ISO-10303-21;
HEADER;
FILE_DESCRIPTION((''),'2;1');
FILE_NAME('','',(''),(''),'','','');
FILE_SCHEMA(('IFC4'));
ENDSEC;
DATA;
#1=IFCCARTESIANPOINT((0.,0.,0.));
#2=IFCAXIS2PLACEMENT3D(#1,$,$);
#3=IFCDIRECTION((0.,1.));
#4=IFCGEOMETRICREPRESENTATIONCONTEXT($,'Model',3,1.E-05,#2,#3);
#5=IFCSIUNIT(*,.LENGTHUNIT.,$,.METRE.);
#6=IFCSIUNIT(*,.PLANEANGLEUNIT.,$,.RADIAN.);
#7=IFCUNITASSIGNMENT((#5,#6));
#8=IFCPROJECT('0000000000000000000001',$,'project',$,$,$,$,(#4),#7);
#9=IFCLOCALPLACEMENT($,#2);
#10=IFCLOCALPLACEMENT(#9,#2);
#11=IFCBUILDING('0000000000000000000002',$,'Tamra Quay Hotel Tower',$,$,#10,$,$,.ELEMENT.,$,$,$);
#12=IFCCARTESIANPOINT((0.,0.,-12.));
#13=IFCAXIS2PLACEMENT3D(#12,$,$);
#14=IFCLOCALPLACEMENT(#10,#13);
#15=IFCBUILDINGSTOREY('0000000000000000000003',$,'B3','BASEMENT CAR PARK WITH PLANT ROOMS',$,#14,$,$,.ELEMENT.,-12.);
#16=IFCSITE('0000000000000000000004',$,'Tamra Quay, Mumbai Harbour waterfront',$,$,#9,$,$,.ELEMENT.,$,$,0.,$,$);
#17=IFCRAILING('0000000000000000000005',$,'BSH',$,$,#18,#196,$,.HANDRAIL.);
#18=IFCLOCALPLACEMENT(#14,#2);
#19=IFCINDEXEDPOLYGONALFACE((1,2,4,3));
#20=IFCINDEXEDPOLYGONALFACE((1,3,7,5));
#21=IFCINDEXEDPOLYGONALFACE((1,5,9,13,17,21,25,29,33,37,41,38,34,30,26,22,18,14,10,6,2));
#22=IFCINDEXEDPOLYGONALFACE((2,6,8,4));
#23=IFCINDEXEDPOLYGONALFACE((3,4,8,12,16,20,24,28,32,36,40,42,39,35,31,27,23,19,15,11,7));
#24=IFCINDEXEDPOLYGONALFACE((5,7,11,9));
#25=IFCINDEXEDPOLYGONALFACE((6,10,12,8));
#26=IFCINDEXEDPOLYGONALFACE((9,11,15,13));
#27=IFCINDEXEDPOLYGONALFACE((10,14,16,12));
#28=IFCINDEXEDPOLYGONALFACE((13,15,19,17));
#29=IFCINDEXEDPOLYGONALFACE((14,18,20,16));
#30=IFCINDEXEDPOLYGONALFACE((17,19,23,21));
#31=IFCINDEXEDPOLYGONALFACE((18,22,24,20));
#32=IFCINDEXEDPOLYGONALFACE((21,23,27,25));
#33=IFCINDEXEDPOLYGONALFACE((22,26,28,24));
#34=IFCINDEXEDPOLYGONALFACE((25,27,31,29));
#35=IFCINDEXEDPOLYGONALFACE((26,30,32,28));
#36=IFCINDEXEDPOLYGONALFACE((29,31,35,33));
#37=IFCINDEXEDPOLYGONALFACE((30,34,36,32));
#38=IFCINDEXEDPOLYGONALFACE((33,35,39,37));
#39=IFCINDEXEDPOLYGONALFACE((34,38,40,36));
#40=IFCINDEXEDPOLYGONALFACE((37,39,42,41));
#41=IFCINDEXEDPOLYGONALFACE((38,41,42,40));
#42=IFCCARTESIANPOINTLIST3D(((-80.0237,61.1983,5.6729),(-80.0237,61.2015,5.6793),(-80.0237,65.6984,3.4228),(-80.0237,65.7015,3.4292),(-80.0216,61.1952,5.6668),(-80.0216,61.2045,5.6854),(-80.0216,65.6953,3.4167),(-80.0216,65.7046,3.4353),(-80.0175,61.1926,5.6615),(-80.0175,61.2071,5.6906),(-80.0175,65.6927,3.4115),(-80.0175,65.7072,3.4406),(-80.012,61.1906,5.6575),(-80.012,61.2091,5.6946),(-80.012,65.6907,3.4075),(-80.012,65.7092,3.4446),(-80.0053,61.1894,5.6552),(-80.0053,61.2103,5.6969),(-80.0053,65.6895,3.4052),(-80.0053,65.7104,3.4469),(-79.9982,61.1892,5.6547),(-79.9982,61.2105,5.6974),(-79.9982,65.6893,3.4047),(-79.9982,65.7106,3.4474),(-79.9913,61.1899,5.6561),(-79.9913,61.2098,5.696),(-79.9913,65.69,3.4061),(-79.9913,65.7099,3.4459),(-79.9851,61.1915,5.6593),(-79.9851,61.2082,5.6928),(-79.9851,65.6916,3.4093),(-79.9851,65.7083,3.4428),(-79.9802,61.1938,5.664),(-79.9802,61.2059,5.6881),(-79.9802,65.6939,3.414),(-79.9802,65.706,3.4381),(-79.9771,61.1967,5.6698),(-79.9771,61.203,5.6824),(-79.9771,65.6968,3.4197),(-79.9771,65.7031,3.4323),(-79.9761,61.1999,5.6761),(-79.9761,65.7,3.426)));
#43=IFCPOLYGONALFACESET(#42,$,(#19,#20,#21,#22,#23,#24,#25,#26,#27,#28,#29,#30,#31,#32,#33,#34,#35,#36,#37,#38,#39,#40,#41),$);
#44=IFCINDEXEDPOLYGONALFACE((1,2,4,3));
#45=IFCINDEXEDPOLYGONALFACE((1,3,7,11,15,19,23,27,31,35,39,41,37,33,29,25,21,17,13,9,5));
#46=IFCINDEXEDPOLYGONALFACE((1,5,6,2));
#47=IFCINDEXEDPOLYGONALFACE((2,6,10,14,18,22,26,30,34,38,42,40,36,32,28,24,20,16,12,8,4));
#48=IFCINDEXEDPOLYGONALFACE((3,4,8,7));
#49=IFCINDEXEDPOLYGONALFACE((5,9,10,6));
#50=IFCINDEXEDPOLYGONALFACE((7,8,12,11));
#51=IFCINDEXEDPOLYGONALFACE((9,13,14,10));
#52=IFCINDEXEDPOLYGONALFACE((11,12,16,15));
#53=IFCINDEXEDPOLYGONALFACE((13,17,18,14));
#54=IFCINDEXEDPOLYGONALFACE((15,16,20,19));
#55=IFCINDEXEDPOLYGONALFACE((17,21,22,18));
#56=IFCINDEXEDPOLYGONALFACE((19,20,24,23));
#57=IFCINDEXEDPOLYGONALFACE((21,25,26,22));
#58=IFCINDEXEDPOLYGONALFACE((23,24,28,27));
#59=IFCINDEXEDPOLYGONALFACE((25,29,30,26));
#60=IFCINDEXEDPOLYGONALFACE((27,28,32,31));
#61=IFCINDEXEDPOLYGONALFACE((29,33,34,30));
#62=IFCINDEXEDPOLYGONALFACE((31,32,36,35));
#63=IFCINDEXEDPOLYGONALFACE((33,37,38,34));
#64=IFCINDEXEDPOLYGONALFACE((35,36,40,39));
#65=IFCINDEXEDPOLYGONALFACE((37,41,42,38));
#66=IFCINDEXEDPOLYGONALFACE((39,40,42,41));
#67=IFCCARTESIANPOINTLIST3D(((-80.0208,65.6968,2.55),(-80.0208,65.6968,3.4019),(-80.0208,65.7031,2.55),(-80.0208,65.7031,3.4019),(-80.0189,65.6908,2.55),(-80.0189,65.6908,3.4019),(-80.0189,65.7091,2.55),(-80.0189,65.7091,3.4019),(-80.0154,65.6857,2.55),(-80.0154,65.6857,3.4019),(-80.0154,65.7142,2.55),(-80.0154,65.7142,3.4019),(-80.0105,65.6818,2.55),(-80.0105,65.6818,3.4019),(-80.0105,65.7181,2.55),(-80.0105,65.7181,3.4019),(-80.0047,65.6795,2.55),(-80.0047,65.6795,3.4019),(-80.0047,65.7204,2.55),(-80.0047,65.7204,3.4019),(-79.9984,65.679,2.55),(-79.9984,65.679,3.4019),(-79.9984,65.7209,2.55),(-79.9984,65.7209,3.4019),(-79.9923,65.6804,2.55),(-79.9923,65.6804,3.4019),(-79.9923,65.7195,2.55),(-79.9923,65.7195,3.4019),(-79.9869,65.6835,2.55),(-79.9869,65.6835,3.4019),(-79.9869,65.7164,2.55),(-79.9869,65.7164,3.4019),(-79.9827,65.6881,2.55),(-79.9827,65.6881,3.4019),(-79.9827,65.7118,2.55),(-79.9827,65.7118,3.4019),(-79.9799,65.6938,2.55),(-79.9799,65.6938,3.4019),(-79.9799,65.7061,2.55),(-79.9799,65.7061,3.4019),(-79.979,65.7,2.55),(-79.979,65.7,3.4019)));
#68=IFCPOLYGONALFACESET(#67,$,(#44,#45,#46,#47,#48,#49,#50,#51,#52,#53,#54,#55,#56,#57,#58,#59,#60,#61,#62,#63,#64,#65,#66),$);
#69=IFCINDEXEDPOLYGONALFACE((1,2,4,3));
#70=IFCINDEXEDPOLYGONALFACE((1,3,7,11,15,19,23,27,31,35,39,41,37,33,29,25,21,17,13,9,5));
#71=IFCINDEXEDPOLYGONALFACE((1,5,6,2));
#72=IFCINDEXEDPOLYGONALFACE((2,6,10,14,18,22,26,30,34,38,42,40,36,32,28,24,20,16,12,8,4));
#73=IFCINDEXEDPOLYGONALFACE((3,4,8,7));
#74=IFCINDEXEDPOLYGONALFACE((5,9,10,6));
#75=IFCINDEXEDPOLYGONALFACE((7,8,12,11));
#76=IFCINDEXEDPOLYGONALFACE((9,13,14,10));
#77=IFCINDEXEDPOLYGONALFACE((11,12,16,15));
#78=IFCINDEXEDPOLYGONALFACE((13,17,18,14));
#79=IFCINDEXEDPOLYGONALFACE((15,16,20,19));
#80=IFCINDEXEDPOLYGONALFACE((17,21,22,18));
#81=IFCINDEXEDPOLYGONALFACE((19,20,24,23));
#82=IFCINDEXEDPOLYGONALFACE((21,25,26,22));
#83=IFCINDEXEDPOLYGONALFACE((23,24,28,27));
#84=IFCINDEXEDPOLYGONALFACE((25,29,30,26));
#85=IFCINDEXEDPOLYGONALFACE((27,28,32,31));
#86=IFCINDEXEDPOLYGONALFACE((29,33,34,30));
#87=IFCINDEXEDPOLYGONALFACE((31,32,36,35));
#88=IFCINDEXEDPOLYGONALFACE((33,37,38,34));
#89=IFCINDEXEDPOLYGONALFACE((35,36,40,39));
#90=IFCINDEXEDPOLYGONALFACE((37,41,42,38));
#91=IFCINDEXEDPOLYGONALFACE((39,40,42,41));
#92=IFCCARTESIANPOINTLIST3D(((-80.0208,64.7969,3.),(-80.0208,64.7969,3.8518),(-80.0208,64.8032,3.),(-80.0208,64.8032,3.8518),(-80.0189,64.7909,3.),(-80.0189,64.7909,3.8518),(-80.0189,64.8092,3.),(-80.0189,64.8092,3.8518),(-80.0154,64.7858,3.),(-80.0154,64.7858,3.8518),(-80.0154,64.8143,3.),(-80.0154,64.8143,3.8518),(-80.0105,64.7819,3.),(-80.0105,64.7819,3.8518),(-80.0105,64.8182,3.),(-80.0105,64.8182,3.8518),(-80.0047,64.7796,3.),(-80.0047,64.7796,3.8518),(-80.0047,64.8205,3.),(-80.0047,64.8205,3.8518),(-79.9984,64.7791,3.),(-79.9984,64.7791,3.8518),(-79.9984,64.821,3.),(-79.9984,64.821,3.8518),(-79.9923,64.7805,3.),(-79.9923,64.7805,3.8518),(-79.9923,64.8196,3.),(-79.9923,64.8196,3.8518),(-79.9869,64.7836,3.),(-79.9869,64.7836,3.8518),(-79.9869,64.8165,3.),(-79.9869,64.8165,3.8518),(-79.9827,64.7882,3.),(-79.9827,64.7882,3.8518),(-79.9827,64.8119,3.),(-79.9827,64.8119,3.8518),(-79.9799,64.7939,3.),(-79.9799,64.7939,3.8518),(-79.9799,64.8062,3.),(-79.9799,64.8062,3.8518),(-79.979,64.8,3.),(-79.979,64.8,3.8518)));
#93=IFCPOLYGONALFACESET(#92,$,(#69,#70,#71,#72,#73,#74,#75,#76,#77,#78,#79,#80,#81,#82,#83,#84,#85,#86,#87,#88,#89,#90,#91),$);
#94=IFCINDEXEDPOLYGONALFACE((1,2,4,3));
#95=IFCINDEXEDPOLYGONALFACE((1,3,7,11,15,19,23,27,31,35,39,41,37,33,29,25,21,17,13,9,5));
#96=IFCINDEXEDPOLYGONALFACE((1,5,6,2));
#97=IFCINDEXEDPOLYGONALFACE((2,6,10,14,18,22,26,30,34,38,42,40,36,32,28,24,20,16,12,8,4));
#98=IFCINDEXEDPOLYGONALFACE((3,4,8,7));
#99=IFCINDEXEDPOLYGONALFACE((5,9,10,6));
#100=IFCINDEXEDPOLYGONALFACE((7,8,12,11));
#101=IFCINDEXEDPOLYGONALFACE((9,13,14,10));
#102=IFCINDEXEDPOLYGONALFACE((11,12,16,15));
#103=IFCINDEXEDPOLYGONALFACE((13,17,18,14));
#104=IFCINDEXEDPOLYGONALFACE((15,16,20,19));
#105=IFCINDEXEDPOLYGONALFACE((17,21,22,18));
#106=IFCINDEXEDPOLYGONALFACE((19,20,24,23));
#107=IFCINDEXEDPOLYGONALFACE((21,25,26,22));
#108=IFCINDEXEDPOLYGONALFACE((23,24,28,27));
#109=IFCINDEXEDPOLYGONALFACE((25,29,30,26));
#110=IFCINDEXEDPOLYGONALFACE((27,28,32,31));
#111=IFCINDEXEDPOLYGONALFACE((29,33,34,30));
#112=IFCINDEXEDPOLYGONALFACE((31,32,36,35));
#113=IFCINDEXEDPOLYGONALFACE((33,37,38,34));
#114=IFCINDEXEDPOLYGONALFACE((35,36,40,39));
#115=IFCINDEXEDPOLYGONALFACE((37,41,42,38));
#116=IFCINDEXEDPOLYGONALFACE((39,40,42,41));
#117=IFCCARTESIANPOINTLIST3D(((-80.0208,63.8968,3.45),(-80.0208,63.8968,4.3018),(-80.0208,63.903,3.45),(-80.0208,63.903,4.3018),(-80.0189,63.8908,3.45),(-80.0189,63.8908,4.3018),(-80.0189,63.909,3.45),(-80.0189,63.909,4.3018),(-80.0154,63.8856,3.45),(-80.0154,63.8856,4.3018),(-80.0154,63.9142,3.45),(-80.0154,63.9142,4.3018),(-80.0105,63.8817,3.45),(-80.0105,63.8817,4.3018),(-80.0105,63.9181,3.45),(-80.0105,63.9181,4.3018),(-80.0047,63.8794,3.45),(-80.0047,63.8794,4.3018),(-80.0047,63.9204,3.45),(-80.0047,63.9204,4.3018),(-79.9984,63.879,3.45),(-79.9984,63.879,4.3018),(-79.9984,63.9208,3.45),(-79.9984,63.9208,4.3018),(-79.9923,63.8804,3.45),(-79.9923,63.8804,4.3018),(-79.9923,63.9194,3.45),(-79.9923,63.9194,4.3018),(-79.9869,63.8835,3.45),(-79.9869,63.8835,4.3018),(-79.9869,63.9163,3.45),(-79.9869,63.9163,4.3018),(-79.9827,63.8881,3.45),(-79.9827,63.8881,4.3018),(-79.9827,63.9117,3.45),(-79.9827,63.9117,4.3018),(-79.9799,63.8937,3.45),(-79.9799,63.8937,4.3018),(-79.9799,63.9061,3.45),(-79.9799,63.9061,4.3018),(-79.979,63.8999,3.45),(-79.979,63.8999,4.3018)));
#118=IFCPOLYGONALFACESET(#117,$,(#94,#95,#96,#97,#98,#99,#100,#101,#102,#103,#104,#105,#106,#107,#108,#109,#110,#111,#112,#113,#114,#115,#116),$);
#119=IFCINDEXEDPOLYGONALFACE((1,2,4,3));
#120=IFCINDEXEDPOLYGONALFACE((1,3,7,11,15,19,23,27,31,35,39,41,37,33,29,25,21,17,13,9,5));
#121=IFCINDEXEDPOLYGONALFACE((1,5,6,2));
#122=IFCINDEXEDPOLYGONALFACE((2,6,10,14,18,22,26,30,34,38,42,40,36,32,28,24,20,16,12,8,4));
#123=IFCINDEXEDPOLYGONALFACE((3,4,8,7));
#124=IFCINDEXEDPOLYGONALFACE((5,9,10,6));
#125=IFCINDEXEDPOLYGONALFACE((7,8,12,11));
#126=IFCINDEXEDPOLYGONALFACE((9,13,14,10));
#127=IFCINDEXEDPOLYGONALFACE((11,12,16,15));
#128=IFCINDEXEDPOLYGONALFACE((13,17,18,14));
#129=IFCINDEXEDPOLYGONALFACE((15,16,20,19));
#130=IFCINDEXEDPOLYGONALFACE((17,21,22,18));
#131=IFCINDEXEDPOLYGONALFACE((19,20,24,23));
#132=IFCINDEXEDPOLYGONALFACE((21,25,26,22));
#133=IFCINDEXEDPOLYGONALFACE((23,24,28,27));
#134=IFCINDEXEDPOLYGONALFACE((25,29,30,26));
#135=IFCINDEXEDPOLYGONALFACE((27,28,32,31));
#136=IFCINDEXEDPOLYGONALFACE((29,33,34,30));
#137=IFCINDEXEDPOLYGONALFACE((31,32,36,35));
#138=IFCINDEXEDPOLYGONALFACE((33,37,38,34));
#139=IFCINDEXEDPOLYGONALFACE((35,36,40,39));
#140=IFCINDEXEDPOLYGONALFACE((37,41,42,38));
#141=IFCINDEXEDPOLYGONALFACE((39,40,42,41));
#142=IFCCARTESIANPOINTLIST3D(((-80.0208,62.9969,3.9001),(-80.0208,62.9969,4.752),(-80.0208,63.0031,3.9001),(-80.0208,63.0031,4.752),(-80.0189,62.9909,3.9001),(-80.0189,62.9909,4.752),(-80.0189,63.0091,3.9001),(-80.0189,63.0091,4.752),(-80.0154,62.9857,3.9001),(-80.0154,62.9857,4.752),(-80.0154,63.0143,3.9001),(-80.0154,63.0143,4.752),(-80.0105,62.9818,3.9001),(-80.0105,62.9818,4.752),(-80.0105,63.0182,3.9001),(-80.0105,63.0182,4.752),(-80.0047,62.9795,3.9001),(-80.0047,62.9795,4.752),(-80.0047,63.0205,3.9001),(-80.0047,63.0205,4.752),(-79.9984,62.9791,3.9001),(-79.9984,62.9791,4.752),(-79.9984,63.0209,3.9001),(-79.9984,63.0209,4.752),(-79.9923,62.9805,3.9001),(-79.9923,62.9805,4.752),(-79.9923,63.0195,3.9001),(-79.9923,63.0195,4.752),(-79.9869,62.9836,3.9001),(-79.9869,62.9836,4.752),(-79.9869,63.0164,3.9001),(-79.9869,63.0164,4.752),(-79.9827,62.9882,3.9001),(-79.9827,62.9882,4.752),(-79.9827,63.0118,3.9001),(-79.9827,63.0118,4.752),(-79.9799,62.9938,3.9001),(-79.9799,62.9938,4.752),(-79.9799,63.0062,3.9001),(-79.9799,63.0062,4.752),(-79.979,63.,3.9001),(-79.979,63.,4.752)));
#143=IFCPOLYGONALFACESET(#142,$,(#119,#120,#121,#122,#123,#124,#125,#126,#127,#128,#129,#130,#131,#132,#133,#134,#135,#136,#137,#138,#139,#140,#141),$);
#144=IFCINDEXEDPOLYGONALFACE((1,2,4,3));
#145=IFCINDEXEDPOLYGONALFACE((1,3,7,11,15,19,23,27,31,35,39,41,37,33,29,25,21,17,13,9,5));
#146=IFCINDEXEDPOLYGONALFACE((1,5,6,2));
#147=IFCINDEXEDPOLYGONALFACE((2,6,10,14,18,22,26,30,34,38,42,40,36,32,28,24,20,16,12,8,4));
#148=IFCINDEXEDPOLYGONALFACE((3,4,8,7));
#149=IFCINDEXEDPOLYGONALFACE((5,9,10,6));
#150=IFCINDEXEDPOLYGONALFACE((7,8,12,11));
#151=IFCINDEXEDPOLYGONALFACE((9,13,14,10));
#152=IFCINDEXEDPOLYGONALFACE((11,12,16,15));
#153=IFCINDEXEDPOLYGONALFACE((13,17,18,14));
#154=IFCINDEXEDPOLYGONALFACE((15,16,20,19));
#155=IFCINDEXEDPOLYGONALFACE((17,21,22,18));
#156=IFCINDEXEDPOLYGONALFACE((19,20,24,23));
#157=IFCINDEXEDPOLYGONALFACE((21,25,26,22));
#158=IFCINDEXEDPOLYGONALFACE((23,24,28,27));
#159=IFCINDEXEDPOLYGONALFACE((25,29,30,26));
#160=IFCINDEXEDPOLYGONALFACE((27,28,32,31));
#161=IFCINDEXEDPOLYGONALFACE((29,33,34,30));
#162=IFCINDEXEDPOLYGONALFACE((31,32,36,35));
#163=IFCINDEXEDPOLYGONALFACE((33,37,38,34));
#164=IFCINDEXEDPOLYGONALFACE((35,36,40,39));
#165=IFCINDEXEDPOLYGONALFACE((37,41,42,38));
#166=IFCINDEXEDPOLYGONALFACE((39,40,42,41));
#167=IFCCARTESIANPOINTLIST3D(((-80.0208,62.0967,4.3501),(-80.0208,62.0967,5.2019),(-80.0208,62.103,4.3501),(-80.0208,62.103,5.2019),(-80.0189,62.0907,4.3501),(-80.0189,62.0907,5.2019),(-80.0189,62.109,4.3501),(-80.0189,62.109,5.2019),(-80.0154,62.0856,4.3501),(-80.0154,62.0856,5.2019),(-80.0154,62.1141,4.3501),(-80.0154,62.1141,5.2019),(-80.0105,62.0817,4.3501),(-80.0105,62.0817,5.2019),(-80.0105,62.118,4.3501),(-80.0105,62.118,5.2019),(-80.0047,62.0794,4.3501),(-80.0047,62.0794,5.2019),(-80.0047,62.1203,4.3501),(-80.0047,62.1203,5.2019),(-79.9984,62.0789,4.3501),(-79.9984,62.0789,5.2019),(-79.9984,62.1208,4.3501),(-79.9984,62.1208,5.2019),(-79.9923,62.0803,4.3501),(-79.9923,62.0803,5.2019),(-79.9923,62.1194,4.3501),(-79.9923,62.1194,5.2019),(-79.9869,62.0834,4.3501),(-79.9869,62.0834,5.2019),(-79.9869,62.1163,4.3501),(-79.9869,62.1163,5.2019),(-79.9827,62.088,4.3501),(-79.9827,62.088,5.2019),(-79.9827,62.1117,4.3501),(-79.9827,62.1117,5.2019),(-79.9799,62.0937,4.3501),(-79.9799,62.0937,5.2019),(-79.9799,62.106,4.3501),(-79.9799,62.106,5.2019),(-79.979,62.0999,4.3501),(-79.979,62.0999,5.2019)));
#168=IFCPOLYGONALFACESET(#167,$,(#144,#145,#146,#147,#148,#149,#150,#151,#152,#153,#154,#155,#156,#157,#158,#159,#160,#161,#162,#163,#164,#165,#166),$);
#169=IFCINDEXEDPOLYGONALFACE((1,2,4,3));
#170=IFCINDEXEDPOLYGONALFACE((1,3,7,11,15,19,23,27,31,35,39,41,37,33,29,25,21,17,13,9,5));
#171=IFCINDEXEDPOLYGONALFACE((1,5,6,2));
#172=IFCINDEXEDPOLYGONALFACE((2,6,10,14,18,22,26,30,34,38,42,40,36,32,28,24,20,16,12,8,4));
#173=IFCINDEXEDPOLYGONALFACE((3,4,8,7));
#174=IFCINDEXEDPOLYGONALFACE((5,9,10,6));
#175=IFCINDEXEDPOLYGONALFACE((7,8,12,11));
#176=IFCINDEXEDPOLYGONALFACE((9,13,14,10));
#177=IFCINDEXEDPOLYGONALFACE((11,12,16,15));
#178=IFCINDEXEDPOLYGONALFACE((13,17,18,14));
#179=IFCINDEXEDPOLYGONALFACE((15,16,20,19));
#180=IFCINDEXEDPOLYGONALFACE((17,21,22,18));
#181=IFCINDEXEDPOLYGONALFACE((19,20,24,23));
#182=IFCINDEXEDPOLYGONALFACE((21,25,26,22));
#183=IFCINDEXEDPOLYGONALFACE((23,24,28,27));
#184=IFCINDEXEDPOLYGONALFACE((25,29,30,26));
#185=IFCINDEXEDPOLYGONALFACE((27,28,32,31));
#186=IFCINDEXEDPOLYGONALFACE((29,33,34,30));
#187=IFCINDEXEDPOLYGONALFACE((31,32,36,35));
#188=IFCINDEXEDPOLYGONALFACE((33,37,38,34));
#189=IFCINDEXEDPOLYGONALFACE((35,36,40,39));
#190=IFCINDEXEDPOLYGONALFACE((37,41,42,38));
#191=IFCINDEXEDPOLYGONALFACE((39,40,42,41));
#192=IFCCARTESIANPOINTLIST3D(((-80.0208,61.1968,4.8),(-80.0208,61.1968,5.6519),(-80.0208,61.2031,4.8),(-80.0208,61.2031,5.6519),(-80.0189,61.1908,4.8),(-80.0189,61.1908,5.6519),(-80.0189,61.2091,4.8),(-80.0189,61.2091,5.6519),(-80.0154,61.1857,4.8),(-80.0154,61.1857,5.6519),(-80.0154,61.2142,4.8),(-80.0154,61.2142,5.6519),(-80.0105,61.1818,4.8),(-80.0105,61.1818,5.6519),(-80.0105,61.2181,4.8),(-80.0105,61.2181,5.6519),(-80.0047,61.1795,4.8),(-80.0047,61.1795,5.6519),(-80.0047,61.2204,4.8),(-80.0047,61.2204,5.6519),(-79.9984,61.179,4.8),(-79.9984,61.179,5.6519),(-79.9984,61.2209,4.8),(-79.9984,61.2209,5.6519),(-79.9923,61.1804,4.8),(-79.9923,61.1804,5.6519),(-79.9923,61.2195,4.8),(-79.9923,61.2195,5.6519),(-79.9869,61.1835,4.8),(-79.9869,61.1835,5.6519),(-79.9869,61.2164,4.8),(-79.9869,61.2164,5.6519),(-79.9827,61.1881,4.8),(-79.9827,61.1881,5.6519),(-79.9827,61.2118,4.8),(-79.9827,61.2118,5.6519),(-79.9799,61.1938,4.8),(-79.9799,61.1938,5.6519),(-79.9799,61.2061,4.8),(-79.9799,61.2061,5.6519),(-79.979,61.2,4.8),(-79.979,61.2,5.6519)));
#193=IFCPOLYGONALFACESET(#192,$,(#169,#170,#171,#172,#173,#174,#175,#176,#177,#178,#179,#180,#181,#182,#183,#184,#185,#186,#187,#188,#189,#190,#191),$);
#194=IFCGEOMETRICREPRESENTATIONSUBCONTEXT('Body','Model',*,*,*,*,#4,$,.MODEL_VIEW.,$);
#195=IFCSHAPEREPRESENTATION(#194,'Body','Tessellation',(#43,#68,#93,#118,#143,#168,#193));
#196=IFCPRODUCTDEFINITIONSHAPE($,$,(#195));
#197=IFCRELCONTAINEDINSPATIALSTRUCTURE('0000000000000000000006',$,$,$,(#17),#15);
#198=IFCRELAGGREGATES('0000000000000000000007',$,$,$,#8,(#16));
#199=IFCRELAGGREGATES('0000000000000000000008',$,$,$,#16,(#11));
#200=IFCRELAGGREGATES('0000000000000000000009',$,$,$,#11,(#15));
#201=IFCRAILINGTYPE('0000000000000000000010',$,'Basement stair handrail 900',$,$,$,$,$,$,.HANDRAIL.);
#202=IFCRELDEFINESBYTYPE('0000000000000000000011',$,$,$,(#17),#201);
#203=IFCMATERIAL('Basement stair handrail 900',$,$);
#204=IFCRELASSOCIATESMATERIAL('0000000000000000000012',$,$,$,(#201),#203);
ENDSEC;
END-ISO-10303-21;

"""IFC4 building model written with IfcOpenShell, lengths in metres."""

from ifc_helpers import new_model, si_unit, direction, frame, origin, origin_2d, place, context, subcontext, project, spatial, circle, extrude, material, type_object, element, save


model = new_model("IFC4")

# Units and contexts
model_context = context("Model", 3, precision=1e-05, world=origin(), true_north=direction((0.0, 1.0)))
body_context = subcontext(model_context, "Body", "Model", "MODEL_VIEW")
ifc_project = project(units=[si_unit("LENGTHUNIT", "METRE"), si_unit("PLANEANGLEUNIT", "RADIAN")], contexts=[model_context])

# Site, building, storey
site_placement = place(None, origin())
site = spatial("IfcSite", under=ifc_project, at=site_placement, Name="Tamra Quay, Mumbai Harbour waterfront", CompositionType="ELEMENT", RefElevation=0.0)
building_placement = place(site_placement, origin())
building = spatial("IfcBuilding", under=site, at=building_placement, Name="Tamra Quay Hotel Tower", CompositionType="ELEMENT")
storey_placement = place(building_placement, frame((0.0, 0.0, -12.0)))
storey = spatial("IfcBuildingStorey", under=building, at=storey_placement, Name="B3", Description="BASEMENT CAR PARK WITH PLANT ROOMS", CompositionType="ELEMENT", Elevation=-12.0)

# Railing
ifc_material_1 = material(Name="Basement stair handrail 900")
railing_type_1 = type_object("IfcRailingType", Name="Basement stair handrail 900", PredefinedType="HANDRAIL", material=ifc_material_1)
railing_1_placement = place(storey_placement, frame((-80.0, 65.7, 2.55)))
element("IfcRailing", 1, at=railing_1_placement, inside=storey, type_object=railing_type_1, Name="BSH", PredefinedType="HANDRAIL", context=body_context, shape_type="SweptSolid", body=[
    extrude(circle(Radius=0.0239, at=origin_2d()), frame((0.0, 0.0, 0.876), z_axis=(0.0, -0.894427, 0.447214), x_axis=(1.0, 0.0, 0.0)), (0.0, 0.0, 1.0), 5.0312),
    extrude(circle(Radius=0.021, at=origin_2d()), origin(), (0.0, 0.0, 1.0), 0.8518),
    extrude(circle(Radius=0.021, at=origin_2d()), frame((0.0, -0.8999, 0.45)), (0.0, 0.0, 1.0), 0.8518),
    extrude(circle(Radius=0.021, at=origin_2d()), frame((0.0, -1.8, 0.8999)), (0.0, 0.0, 1.0), 0.8518),
    extrude(circle(Radius=0.021, at=origin_2d()), frame((0.0, -2.7, 1.3501)), (0.0, 0.0, 1.0), 0.8518),
    extrude(circle(Radius=0.021, at=origin_2d()), frame((0.0, -3.6001, 1.8)), (0.0, 0.0, 1.0), 0.8518),
    extrude(circle(Radius=0.021, at=origin_2d()), frame((0.0, -4.5, 2.25)), (0.0, 0.0, 1.0), 0.8518),
])

save(model, "model.ifc")
